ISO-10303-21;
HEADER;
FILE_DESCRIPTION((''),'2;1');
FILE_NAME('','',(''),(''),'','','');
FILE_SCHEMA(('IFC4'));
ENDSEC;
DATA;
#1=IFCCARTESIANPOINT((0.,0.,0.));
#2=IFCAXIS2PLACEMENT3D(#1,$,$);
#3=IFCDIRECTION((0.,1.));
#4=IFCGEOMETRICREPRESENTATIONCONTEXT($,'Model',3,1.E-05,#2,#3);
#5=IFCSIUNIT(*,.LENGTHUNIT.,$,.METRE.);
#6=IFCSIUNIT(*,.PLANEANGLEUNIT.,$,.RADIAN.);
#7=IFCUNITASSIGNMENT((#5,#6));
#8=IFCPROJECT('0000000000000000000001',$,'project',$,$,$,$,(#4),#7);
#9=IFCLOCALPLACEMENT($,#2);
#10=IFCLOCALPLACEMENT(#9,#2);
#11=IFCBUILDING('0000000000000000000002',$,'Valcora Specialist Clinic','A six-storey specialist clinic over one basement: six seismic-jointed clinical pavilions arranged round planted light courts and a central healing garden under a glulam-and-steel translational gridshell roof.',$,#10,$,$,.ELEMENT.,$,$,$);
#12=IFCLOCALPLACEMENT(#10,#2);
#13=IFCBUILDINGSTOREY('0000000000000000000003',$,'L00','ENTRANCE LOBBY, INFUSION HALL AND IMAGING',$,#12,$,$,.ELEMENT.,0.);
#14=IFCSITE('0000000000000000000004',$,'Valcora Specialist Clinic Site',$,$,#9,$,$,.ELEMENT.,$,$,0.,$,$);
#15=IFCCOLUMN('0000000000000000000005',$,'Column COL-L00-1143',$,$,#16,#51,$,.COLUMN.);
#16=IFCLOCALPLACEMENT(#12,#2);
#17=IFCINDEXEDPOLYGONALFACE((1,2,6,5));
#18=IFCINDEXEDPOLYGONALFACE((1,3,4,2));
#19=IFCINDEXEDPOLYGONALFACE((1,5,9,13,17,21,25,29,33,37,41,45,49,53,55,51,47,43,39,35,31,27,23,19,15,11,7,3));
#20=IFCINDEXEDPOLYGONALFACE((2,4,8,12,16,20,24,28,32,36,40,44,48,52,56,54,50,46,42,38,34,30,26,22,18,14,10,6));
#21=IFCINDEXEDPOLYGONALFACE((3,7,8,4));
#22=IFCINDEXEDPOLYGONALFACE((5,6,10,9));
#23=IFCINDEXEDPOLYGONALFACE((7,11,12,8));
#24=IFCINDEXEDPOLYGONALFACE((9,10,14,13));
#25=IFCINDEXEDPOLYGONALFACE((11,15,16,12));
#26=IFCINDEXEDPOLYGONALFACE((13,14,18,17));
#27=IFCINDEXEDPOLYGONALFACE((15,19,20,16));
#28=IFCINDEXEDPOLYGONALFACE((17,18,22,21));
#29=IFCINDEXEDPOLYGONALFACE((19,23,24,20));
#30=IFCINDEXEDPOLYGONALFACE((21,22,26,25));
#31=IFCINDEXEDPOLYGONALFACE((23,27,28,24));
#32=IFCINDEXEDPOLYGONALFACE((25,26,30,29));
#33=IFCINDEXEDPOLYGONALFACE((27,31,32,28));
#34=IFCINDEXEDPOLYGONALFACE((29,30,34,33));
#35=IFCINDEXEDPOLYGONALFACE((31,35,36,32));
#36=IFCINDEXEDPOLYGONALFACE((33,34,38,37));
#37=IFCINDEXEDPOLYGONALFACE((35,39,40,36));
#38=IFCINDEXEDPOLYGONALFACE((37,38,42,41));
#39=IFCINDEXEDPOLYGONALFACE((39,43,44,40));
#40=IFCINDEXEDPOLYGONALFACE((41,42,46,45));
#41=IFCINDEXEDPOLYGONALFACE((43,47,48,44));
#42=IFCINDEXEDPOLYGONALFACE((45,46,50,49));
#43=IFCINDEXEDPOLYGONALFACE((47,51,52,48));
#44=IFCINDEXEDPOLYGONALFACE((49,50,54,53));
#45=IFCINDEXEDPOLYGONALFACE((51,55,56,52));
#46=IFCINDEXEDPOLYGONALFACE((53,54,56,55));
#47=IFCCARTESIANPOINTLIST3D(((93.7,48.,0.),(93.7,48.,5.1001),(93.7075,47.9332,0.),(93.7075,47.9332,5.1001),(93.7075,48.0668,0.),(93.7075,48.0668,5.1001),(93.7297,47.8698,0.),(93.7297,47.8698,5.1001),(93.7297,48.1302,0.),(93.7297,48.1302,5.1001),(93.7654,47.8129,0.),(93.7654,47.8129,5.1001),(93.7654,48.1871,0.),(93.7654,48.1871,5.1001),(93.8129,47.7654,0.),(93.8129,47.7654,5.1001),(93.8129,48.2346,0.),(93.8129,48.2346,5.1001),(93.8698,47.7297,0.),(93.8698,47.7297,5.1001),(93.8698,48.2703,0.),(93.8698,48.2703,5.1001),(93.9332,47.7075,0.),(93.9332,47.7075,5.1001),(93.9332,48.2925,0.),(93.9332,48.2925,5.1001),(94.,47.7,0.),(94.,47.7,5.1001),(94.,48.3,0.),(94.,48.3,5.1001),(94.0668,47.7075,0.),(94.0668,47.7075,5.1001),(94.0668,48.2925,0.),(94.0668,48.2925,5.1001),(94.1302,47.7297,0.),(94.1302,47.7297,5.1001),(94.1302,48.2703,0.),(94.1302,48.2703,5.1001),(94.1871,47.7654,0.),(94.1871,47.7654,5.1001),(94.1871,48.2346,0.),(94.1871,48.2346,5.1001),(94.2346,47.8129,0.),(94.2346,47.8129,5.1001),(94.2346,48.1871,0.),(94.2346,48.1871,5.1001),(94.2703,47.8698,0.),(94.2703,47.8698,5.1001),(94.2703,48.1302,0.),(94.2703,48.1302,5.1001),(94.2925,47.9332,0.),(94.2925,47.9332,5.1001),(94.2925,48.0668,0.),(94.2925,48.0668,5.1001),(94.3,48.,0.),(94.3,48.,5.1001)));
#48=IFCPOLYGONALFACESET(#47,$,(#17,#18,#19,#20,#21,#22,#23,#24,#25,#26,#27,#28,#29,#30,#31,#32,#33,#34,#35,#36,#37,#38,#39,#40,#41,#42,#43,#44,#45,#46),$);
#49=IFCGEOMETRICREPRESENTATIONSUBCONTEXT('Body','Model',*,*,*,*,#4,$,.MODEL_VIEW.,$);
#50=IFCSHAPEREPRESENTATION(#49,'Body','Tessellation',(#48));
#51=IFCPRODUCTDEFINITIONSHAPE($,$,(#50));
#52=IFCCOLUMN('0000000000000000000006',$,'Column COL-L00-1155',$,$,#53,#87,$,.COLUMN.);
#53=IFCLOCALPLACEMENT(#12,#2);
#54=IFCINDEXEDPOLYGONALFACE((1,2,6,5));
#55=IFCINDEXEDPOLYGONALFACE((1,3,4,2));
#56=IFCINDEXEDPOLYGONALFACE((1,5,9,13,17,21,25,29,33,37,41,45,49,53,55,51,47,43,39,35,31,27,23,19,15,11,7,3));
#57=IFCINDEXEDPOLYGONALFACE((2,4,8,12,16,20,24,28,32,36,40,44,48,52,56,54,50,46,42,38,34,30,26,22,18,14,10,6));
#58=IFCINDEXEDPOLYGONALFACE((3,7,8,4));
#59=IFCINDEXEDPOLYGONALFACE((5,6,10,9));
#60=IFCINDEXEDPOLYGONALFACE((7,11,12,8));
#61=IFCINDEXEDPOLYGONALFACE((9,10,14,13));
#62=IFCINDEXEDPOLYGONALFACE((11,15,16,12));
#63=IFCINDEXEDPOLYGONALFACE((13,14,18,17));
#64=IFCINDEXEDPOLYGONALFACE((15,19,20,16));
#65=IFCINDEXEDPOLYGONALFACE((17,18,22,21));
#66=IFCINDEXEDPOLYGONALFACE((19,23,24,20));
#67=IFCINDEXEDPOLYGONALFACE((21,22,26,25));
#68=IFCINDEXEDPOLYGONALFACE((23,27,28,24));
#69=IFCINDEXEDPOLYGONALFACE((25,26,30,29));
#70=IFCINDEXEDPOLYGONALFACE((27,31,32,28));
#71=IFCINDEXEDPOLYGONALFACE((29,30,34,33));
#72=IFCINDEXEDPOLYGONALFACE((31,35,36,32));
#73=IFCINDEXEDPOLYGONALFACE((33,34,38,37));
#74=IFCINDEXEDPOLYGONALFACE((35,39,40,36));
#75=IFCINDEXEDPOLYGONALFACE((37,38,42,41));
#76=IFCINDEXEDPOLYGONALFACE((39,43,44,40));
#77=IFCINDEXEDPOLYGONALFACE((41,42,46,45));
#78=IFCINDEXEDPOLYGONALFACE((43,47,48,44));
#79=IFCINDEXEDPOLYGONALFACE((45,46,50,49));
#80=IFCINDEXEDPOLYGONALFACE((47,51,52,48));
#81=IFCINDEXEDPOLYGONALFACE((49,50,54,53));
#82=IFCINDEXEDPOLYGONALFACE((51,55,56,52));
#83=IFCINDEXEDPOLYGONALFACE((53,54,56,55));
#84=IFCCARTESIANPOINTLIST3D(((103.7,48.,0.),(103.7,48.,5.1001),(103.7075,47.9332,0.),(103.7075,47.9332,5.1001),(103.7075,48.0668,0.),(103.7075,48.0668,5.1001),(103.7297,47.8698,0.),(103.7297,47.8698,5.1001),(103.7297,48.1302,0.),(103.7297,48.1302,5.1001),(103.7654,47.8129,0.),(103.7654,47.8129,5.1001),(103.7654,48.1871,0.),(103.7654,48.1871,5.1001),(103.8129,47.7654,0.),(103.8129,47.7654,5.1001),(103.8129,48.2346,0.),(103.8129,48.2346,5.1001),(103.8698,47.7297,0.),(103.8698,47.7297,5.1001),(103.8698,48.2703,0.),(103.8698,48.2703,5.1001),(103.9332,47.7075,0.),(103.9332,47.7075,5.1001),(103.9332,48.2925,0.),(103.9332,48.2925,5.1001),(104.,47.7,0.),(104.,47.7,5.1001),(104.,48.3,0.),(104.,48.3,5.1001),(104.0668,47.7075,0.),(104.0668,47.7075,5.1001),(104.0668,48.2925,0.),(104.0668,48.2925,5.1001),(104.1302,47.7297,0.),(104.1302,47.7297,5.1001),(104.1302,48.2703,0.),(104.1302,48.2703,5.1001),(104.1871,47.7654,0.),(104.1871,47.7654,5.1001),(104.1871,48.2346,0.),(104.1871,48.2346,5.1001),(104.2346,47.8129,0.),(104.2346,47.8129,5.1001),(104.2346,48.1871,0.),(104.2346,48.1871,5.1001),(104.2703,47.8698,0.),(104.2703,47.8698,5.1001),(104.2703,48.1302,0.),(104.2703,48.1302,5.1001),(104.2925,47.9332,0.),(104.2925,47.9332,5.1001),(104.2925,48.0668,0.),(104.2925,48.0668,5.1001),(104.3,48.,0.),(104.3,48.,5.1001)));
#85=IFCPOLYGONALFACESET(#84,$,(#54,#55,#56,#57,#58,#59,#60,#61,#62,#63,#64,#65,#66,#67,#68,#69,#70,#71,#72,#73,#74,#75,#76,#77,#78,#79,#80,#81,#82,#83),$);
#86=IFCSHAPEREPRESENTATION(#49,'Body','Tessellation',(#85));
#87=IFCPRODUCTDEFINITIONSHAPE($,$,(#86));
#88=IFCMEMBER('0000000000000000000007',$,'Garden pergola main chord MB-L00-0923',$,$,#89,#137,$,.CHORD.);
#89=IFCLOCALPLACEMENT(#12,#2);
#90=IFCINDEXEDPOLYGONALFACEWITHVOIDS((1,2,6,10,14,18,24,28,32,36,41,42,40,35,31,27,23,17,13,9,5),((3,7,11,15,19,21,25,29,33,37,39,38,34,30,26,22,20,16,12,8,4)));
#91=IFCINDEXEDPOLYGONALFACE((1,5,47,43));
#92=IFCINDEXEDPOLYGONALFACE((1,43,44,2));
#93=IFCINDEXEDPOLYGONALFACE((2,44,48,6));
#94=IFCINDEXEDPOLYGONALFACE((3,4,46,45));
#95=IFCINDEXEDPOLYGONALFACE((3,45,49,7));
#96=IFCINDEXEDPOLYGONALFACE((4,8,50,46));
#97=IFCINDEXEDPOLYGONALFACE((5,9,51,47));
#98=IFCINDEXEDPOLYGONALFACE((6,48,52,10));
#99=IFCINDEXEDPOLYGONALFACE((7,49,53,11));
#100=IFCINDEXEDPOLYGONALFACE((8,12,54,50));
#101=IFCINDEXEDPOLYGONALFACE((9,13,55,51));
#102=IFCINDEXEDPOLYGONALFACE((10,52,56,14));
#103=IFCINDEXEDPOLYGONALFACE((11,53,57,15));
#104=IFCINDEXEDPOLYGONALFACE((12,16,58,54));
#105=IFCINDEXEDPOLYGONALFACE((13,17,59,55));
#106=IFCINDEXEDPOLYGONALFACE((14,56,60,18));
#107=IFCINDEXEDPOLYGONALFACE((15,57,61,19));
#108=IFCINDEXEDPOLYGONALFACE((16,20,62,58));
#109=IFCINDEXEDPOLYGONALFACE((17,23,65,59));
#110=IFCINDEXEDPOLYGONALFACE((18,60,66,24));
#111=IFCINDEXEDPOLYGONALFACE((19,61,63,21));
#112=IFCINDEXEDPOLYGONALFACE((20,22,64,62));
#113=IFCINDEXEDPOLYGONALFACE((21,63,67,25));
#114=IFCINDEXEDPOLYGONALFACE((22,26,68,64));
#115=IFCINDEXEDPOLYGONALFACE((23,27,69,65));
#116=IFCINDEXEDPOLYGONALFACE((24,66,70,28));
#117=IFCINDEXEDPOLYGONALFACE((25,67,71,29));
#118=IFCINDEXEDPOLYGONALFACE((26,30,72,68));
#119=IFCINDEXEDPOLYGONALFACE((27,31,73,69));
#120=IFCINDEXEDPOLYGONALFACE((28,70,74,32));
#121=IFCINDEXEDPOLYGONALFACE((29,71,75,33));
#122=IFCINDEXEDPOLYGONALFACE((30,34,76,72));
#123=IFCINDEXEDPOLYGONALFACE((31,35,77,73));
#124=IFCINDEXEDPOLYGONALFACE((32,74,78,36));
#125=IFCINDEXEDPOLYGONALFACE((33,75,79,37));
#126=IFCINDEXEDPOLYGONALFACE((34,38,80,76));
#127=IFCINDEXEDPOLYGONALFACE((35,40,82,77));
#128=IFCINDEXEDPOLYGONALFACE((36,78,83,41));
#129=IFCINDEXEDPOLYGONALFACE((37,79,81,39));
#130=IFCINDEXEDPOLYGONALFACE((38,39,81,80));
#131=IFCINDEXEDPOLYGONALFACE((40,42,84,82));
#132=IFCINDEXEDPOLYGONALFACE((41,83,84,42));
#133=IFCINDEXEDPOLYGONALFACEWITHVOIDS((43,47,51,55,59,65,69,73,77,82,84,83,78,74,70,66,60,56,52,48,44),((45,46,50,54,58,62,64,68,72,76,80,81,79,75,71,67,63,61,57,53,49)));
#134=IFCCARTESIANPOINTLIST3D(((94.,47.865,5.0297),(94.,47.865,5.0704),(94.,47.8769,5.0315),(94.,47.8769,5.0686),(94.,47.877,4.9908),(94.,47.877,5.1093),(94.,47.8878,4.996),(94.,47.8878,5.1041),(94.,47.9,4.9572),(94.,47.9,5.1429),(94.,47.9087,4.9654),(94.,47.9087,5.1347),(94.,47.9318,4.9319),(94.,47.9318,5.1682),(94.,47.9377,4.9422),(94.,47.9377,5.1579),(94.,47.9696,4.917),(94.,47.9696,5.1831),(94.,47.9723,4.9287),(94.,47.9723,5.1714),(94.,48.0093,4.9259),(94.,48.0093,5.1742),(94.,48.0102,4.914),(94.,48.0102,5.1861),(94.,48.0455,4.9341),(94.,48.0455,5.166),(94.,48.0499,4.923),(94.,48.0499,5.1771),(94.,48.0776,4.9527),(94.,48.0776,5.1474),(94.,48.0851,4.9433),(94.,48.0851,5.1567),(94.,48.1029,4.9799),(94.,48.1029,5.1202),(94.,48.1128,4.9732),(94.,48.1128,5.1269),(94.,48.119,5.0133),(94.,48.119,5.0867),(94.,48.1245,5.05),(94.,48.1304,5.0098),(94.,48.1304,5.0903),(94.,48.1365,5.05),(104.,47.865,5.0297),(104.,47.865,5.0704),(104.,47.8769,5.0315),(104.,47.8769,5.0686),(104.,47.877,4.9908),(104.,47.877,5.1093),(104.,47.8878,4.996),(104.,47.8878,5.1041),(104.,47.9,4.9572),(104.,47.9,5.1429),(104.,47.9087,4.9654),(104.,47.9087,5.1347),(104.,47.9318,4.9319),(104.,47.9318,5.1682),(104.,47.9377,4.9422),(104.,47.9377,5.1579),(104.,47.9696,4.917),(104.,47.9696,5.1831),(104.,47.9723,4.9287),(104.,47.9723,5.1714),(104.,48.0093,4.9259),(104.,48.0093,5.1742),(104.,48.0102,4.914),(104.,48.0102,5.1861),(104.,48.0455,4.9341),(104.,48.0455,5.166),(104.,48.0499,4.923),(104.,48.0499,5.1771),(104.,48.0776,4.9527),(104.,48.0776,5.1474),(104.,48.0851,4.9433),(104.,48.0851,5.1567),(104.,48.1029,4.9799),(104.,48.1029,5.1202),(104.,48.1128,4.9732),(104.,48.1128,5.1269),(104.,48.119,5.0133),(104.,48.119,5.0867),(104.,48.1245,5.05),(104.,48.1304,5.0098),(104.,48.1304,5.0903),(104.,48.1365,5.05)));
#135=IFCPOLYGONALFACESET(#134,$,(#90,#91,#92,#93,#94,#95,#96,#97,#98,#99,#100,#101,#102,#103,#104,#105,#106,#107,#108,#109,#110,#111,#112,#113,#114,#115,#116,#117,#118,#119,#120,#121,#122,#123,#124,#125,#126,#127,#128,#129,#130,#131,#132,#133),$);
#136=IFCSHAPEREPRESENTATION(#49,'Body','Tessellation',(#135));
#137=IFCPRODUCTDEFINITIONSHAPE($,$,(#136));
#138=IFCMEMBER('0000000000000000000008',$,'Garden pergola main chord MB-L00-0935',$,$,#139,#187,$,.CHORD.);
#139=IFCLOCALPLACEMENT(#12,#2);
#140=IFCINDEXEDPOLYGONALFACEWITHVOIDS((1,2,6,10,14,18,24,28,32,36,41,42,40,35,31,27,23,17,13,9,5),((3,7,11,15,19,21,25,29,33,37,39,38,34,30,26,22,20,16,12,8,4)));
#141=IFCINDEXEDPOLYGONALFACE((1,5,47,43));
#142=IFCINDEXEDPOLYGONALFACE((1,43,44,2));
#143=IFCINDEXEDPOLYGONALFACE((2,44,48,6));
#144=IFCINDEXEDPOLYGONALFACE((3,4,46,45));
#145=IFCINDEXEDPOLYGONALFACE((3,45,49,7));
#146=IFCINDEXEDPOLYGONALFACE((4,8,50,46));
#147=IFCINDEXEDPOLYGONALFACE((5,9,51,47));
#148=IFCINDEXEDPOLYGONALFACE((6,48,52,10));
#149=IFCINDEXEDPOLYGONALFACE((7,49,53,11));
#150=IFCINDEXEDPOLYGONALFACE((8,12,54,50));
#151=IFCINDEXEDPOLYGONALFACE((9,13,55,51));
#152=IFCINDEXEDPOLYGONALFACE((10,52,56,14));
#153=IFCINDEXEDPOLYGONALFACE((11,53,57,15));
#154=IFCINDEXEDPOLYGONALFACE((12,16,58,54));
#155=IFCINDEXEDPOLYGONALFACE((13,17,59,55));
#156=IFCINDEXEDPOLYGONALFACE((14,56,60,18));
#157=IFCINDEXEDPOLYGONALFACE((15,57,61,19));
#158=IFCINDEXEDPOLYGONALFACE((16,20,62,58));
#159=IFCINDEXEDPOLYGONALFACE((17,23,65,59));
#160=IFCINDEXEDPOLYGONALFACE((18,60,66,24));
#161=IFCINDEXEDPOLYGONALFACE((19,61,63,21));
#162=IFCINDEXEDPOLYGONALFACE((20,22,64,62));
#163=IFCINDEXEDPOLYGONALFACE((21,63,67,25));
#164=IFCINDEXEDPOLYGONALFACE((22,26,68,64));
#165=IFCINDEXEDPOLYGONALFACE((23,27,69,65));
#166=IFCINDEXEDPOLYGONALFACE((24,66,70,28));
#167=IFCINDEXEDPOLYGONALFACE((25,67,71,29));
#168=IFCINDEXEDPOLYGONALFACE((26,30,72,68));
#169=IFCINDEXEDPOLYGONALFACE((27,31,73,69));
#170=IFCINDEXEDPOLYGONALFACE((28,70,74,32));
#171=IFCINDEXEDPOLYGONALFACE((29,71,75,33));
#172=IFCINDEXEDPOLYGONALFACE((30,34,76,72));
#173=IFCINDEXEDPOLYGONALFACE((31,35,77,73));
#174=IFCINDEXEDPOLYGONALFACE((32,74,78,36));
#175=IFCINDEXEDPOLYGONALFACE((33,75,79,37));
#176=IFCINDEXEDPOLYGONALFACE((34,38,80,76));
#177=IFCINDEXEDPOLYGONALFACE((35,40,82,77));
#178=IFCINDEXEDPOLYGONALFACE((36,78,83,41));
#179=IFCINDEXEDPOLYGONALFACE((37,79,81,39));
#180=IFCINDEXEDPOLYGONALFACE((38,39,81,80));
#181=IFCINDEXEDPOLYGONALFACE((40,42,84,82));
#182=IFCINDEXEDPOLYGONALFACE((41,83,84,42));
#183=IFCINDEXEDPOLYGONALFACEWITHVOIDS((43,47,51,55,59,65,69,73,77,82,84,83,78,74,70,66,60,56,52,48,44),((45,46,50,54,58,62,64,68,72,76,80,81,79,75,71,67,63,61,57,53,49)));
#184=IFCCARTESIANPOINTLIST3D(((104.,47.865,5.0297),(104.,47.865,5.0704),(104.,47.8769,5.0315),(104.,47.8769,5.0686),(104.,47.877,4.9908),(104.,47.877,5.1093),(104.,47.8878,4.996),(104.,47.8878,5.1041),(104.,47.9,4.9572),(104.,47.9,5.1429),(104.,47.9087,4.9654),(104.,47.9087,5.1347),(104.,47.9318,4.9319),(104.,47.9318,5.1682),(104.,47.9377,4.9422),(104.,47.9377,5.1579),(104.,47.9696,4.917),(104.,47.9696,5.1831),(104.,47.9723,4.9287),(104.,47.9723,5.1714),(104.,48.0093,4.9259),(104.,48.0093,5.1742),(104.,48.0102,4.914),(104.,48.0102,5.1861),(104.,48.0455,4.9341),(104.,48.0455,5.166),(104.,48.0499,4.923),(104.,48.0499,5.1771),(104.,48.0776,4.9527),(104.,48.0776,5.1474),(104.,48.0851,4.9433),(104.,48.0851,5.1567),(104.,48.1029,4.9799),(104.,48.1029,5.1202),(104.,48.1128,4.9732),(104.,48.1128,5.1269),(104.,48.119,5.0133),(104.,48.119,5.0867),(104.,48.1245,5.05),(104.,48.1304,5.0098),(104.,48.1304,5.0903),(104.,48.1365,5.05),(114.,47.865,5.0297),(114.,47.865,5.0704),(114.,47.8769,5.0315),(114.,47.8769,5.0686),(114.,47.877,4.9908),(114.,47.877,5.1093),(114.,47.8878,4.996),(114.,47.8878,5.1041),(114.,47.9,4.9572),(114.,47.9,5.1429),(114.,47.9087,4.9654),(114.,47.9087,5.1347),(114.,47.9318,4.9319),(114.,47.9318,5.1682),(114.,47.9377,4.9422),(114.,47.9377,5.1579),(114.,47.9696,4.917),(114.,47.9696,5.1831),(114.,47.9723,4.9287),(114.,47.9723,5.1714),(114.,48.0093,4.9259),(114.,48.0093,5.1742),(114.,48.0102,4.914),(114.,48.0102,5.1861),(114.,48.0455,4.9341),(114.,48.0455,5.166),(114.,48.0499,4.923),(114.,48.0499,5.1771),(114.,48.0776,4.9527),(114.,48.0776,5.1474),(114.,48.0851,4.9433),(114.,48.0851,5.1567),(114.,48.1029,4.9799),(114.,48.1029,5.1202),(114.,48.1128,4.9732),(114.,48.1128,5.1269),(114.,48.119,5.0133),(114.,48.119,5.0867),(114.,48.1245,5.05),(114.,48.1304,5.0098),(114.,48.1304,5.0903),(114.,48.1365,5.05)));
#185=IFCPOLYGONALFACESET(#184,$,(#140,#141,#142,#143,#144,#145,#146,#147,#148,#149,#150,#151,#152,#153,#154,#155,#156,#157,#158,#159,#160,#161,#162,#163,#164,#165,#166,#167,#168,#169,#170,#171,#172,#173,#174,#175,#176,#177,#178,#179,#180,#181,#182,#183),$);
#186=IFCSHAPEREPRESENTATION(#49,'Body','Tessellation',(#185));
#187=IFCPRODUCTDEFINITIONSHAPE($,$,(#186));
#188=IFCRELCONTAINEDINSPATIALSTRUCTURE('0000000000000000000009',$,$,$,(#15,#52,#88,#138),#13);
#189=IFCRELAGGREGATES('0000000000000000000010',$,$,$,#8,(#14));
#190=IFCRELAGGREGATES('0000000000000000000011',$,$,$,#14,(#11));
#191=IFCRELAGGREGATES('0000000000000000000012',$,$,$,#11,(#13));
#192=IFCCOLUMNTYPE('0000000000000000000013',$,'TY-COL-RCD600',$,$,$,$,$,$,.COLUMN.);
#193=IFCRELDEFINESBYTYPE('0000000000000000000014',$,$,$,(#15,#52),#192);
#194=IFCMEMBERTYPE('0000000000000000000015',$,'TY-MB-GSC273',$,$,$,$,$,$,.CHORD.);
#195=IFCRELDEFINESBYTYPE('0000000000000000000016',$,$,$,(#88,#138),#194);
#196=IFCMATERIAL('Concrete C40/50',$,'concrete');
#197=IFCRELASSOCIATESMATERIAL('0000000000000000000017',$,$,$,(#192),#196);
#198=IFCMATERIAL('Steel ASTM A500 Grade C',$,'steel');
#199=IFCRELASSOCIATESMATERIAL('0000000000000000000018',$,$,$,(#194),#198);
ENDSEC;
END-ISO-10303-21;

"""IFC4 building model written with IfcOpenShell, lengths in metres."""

from ifc_helpers import new_model, si_unit, direction, frame, origin, origin_2d, place, context, subcontext, project, spatial, circle, hollow_circle, extrude, material, material_profile, profile_set, type_object, element, save


model = new_model("IFC4")

# Units and contexts
model_context = context("Model", 3, precision=1e-05, world=origin(), true_north=direction((0.0, 1.0)))
body_context = subcontext(model_context, "Body", "Model", "MODEL_VIEW")
ifc_project = project(units=[si_unit("LENGTHUNIT", "METRE"), si_unit("PLANEANGLEUNIT", "RADIAN")], contexts=[model_context])

# Site, building, storey
site_placement = place(None, origin())
site = spatial("IfcSite", under=ifc_project, at=site_placement, Name="Valcora Specialist Clinic Site", CompositionType="ELEMENT", RefElevation=0.0)
building_placement = place(site_placement, origin())
building = spatial("IfcBuilding", under=site, at=building_placement, Name="Valcora Specialist Clinic", Description="A six-storey specialist clinic over one basement: six seismic-jointed clinical pavilions arranged round planted light courts and a central healing garden under a glulam-and-steel translational gridshell roof.", CompositionType="ELEMENT")
storey_placement = place(building_placement, origin())
storey = spatial("IfcBuildingStorey", under=building, at=storey_placement, Name="L00", Description="ENTRANCE LOBBY, INFUSION HALL AND IMAGING", CompositionType="ELEMENT", Elevation=0.0)

# Columns
ifc_material_1 = material(Name="Concrete C40/50", Category="concrete")
ifc_material_profile_1 = material_profile(ifc_material_1, circle(Radius=0.3, at=origin_2d()), Name="RC-COL-D600")
ifc_profile_set_1 = profile_set([ifc_material_profile_1], Name="Concrete C40/50")
column_type = type_object("IfcColumnType", Name="TY-COL-RCD600", PredefinedType="COLUMN", material=ifc_profile_set_1)
for number, where, z_axis, x_axis, name in (
    (1, (94.0, 48.0, 0.0), (0.0, 0.0, 1.0), (1.0, 0.0, 0.0), "Column COL-L00-1143"),
    (2, (104.0, 48.0, 0.0), (0.0, 0.0, 1.0), (1.0, 0.0, 0.0), "Column COL-L00-1155"),
):
    element("IfcColumn", number, at=place(storey_placement, frame(where, z_axis=z_axis, x_axis=x_axis)), inside=storey, type_object=column_type, Name=name, PredefinedType="COLUMN", context=body_context, shape_type="SweptSolid", body=[
        extrude(circle(Radius=0.3, at=origin_2d()), origin(), (0.0, 0.0, 1.0), 5.1001),
    ])

# Members
ifc_material_2 = material(Name="Steel ASTM A500 Grade C", Category="steel")
ifc_material_profile_2 = material_profile(ifc_material_2, hollow_circle(Radius=0.1365, WallThickness=0.012, at=origin_2d()), Name="ST-CHS-273X12")
ifc_profile_set_2 = profile_set([ifc_material_profile_2], Name="Steel ASTM A500 Grade C")
member_type_1 = type_object("IfcMemberType", Name="TY-MB-GSC273", PredefinedType="CHORD", material=ifc_profile_set_2)
for number, where, z_axis, x_axis, name in (
    (3, (94.0, 48.0, 5.05), (1.0, 0.0, 0.0), (0.0, 1.0, 0.0), "Garden pergola main chord MB-L00-0923"),
    (4, (104.0, 48.0, 5.05), (1.0, 0.0, 0.0), (0.0, 1.0, 0.0), "Garden pergola main chord MB-L00-0935"),
):
    element("IfcMember", number, at=place(storey_placement, frame(where, z_axis=z_axis, x_axis=x_axis)), inside=storey, type_object=member_type_1, Name=name, PredefinedType="CHORD", context=body_context, shape_type="SweptSolid", body=[
        extrude(hollow_circle(Radius=0.1365, WallThickness=0.012, at=origin_2d()), origin(), (0.0, 0.0, 1.0), 10.0),
    ])

save(model, "model.ifc")
